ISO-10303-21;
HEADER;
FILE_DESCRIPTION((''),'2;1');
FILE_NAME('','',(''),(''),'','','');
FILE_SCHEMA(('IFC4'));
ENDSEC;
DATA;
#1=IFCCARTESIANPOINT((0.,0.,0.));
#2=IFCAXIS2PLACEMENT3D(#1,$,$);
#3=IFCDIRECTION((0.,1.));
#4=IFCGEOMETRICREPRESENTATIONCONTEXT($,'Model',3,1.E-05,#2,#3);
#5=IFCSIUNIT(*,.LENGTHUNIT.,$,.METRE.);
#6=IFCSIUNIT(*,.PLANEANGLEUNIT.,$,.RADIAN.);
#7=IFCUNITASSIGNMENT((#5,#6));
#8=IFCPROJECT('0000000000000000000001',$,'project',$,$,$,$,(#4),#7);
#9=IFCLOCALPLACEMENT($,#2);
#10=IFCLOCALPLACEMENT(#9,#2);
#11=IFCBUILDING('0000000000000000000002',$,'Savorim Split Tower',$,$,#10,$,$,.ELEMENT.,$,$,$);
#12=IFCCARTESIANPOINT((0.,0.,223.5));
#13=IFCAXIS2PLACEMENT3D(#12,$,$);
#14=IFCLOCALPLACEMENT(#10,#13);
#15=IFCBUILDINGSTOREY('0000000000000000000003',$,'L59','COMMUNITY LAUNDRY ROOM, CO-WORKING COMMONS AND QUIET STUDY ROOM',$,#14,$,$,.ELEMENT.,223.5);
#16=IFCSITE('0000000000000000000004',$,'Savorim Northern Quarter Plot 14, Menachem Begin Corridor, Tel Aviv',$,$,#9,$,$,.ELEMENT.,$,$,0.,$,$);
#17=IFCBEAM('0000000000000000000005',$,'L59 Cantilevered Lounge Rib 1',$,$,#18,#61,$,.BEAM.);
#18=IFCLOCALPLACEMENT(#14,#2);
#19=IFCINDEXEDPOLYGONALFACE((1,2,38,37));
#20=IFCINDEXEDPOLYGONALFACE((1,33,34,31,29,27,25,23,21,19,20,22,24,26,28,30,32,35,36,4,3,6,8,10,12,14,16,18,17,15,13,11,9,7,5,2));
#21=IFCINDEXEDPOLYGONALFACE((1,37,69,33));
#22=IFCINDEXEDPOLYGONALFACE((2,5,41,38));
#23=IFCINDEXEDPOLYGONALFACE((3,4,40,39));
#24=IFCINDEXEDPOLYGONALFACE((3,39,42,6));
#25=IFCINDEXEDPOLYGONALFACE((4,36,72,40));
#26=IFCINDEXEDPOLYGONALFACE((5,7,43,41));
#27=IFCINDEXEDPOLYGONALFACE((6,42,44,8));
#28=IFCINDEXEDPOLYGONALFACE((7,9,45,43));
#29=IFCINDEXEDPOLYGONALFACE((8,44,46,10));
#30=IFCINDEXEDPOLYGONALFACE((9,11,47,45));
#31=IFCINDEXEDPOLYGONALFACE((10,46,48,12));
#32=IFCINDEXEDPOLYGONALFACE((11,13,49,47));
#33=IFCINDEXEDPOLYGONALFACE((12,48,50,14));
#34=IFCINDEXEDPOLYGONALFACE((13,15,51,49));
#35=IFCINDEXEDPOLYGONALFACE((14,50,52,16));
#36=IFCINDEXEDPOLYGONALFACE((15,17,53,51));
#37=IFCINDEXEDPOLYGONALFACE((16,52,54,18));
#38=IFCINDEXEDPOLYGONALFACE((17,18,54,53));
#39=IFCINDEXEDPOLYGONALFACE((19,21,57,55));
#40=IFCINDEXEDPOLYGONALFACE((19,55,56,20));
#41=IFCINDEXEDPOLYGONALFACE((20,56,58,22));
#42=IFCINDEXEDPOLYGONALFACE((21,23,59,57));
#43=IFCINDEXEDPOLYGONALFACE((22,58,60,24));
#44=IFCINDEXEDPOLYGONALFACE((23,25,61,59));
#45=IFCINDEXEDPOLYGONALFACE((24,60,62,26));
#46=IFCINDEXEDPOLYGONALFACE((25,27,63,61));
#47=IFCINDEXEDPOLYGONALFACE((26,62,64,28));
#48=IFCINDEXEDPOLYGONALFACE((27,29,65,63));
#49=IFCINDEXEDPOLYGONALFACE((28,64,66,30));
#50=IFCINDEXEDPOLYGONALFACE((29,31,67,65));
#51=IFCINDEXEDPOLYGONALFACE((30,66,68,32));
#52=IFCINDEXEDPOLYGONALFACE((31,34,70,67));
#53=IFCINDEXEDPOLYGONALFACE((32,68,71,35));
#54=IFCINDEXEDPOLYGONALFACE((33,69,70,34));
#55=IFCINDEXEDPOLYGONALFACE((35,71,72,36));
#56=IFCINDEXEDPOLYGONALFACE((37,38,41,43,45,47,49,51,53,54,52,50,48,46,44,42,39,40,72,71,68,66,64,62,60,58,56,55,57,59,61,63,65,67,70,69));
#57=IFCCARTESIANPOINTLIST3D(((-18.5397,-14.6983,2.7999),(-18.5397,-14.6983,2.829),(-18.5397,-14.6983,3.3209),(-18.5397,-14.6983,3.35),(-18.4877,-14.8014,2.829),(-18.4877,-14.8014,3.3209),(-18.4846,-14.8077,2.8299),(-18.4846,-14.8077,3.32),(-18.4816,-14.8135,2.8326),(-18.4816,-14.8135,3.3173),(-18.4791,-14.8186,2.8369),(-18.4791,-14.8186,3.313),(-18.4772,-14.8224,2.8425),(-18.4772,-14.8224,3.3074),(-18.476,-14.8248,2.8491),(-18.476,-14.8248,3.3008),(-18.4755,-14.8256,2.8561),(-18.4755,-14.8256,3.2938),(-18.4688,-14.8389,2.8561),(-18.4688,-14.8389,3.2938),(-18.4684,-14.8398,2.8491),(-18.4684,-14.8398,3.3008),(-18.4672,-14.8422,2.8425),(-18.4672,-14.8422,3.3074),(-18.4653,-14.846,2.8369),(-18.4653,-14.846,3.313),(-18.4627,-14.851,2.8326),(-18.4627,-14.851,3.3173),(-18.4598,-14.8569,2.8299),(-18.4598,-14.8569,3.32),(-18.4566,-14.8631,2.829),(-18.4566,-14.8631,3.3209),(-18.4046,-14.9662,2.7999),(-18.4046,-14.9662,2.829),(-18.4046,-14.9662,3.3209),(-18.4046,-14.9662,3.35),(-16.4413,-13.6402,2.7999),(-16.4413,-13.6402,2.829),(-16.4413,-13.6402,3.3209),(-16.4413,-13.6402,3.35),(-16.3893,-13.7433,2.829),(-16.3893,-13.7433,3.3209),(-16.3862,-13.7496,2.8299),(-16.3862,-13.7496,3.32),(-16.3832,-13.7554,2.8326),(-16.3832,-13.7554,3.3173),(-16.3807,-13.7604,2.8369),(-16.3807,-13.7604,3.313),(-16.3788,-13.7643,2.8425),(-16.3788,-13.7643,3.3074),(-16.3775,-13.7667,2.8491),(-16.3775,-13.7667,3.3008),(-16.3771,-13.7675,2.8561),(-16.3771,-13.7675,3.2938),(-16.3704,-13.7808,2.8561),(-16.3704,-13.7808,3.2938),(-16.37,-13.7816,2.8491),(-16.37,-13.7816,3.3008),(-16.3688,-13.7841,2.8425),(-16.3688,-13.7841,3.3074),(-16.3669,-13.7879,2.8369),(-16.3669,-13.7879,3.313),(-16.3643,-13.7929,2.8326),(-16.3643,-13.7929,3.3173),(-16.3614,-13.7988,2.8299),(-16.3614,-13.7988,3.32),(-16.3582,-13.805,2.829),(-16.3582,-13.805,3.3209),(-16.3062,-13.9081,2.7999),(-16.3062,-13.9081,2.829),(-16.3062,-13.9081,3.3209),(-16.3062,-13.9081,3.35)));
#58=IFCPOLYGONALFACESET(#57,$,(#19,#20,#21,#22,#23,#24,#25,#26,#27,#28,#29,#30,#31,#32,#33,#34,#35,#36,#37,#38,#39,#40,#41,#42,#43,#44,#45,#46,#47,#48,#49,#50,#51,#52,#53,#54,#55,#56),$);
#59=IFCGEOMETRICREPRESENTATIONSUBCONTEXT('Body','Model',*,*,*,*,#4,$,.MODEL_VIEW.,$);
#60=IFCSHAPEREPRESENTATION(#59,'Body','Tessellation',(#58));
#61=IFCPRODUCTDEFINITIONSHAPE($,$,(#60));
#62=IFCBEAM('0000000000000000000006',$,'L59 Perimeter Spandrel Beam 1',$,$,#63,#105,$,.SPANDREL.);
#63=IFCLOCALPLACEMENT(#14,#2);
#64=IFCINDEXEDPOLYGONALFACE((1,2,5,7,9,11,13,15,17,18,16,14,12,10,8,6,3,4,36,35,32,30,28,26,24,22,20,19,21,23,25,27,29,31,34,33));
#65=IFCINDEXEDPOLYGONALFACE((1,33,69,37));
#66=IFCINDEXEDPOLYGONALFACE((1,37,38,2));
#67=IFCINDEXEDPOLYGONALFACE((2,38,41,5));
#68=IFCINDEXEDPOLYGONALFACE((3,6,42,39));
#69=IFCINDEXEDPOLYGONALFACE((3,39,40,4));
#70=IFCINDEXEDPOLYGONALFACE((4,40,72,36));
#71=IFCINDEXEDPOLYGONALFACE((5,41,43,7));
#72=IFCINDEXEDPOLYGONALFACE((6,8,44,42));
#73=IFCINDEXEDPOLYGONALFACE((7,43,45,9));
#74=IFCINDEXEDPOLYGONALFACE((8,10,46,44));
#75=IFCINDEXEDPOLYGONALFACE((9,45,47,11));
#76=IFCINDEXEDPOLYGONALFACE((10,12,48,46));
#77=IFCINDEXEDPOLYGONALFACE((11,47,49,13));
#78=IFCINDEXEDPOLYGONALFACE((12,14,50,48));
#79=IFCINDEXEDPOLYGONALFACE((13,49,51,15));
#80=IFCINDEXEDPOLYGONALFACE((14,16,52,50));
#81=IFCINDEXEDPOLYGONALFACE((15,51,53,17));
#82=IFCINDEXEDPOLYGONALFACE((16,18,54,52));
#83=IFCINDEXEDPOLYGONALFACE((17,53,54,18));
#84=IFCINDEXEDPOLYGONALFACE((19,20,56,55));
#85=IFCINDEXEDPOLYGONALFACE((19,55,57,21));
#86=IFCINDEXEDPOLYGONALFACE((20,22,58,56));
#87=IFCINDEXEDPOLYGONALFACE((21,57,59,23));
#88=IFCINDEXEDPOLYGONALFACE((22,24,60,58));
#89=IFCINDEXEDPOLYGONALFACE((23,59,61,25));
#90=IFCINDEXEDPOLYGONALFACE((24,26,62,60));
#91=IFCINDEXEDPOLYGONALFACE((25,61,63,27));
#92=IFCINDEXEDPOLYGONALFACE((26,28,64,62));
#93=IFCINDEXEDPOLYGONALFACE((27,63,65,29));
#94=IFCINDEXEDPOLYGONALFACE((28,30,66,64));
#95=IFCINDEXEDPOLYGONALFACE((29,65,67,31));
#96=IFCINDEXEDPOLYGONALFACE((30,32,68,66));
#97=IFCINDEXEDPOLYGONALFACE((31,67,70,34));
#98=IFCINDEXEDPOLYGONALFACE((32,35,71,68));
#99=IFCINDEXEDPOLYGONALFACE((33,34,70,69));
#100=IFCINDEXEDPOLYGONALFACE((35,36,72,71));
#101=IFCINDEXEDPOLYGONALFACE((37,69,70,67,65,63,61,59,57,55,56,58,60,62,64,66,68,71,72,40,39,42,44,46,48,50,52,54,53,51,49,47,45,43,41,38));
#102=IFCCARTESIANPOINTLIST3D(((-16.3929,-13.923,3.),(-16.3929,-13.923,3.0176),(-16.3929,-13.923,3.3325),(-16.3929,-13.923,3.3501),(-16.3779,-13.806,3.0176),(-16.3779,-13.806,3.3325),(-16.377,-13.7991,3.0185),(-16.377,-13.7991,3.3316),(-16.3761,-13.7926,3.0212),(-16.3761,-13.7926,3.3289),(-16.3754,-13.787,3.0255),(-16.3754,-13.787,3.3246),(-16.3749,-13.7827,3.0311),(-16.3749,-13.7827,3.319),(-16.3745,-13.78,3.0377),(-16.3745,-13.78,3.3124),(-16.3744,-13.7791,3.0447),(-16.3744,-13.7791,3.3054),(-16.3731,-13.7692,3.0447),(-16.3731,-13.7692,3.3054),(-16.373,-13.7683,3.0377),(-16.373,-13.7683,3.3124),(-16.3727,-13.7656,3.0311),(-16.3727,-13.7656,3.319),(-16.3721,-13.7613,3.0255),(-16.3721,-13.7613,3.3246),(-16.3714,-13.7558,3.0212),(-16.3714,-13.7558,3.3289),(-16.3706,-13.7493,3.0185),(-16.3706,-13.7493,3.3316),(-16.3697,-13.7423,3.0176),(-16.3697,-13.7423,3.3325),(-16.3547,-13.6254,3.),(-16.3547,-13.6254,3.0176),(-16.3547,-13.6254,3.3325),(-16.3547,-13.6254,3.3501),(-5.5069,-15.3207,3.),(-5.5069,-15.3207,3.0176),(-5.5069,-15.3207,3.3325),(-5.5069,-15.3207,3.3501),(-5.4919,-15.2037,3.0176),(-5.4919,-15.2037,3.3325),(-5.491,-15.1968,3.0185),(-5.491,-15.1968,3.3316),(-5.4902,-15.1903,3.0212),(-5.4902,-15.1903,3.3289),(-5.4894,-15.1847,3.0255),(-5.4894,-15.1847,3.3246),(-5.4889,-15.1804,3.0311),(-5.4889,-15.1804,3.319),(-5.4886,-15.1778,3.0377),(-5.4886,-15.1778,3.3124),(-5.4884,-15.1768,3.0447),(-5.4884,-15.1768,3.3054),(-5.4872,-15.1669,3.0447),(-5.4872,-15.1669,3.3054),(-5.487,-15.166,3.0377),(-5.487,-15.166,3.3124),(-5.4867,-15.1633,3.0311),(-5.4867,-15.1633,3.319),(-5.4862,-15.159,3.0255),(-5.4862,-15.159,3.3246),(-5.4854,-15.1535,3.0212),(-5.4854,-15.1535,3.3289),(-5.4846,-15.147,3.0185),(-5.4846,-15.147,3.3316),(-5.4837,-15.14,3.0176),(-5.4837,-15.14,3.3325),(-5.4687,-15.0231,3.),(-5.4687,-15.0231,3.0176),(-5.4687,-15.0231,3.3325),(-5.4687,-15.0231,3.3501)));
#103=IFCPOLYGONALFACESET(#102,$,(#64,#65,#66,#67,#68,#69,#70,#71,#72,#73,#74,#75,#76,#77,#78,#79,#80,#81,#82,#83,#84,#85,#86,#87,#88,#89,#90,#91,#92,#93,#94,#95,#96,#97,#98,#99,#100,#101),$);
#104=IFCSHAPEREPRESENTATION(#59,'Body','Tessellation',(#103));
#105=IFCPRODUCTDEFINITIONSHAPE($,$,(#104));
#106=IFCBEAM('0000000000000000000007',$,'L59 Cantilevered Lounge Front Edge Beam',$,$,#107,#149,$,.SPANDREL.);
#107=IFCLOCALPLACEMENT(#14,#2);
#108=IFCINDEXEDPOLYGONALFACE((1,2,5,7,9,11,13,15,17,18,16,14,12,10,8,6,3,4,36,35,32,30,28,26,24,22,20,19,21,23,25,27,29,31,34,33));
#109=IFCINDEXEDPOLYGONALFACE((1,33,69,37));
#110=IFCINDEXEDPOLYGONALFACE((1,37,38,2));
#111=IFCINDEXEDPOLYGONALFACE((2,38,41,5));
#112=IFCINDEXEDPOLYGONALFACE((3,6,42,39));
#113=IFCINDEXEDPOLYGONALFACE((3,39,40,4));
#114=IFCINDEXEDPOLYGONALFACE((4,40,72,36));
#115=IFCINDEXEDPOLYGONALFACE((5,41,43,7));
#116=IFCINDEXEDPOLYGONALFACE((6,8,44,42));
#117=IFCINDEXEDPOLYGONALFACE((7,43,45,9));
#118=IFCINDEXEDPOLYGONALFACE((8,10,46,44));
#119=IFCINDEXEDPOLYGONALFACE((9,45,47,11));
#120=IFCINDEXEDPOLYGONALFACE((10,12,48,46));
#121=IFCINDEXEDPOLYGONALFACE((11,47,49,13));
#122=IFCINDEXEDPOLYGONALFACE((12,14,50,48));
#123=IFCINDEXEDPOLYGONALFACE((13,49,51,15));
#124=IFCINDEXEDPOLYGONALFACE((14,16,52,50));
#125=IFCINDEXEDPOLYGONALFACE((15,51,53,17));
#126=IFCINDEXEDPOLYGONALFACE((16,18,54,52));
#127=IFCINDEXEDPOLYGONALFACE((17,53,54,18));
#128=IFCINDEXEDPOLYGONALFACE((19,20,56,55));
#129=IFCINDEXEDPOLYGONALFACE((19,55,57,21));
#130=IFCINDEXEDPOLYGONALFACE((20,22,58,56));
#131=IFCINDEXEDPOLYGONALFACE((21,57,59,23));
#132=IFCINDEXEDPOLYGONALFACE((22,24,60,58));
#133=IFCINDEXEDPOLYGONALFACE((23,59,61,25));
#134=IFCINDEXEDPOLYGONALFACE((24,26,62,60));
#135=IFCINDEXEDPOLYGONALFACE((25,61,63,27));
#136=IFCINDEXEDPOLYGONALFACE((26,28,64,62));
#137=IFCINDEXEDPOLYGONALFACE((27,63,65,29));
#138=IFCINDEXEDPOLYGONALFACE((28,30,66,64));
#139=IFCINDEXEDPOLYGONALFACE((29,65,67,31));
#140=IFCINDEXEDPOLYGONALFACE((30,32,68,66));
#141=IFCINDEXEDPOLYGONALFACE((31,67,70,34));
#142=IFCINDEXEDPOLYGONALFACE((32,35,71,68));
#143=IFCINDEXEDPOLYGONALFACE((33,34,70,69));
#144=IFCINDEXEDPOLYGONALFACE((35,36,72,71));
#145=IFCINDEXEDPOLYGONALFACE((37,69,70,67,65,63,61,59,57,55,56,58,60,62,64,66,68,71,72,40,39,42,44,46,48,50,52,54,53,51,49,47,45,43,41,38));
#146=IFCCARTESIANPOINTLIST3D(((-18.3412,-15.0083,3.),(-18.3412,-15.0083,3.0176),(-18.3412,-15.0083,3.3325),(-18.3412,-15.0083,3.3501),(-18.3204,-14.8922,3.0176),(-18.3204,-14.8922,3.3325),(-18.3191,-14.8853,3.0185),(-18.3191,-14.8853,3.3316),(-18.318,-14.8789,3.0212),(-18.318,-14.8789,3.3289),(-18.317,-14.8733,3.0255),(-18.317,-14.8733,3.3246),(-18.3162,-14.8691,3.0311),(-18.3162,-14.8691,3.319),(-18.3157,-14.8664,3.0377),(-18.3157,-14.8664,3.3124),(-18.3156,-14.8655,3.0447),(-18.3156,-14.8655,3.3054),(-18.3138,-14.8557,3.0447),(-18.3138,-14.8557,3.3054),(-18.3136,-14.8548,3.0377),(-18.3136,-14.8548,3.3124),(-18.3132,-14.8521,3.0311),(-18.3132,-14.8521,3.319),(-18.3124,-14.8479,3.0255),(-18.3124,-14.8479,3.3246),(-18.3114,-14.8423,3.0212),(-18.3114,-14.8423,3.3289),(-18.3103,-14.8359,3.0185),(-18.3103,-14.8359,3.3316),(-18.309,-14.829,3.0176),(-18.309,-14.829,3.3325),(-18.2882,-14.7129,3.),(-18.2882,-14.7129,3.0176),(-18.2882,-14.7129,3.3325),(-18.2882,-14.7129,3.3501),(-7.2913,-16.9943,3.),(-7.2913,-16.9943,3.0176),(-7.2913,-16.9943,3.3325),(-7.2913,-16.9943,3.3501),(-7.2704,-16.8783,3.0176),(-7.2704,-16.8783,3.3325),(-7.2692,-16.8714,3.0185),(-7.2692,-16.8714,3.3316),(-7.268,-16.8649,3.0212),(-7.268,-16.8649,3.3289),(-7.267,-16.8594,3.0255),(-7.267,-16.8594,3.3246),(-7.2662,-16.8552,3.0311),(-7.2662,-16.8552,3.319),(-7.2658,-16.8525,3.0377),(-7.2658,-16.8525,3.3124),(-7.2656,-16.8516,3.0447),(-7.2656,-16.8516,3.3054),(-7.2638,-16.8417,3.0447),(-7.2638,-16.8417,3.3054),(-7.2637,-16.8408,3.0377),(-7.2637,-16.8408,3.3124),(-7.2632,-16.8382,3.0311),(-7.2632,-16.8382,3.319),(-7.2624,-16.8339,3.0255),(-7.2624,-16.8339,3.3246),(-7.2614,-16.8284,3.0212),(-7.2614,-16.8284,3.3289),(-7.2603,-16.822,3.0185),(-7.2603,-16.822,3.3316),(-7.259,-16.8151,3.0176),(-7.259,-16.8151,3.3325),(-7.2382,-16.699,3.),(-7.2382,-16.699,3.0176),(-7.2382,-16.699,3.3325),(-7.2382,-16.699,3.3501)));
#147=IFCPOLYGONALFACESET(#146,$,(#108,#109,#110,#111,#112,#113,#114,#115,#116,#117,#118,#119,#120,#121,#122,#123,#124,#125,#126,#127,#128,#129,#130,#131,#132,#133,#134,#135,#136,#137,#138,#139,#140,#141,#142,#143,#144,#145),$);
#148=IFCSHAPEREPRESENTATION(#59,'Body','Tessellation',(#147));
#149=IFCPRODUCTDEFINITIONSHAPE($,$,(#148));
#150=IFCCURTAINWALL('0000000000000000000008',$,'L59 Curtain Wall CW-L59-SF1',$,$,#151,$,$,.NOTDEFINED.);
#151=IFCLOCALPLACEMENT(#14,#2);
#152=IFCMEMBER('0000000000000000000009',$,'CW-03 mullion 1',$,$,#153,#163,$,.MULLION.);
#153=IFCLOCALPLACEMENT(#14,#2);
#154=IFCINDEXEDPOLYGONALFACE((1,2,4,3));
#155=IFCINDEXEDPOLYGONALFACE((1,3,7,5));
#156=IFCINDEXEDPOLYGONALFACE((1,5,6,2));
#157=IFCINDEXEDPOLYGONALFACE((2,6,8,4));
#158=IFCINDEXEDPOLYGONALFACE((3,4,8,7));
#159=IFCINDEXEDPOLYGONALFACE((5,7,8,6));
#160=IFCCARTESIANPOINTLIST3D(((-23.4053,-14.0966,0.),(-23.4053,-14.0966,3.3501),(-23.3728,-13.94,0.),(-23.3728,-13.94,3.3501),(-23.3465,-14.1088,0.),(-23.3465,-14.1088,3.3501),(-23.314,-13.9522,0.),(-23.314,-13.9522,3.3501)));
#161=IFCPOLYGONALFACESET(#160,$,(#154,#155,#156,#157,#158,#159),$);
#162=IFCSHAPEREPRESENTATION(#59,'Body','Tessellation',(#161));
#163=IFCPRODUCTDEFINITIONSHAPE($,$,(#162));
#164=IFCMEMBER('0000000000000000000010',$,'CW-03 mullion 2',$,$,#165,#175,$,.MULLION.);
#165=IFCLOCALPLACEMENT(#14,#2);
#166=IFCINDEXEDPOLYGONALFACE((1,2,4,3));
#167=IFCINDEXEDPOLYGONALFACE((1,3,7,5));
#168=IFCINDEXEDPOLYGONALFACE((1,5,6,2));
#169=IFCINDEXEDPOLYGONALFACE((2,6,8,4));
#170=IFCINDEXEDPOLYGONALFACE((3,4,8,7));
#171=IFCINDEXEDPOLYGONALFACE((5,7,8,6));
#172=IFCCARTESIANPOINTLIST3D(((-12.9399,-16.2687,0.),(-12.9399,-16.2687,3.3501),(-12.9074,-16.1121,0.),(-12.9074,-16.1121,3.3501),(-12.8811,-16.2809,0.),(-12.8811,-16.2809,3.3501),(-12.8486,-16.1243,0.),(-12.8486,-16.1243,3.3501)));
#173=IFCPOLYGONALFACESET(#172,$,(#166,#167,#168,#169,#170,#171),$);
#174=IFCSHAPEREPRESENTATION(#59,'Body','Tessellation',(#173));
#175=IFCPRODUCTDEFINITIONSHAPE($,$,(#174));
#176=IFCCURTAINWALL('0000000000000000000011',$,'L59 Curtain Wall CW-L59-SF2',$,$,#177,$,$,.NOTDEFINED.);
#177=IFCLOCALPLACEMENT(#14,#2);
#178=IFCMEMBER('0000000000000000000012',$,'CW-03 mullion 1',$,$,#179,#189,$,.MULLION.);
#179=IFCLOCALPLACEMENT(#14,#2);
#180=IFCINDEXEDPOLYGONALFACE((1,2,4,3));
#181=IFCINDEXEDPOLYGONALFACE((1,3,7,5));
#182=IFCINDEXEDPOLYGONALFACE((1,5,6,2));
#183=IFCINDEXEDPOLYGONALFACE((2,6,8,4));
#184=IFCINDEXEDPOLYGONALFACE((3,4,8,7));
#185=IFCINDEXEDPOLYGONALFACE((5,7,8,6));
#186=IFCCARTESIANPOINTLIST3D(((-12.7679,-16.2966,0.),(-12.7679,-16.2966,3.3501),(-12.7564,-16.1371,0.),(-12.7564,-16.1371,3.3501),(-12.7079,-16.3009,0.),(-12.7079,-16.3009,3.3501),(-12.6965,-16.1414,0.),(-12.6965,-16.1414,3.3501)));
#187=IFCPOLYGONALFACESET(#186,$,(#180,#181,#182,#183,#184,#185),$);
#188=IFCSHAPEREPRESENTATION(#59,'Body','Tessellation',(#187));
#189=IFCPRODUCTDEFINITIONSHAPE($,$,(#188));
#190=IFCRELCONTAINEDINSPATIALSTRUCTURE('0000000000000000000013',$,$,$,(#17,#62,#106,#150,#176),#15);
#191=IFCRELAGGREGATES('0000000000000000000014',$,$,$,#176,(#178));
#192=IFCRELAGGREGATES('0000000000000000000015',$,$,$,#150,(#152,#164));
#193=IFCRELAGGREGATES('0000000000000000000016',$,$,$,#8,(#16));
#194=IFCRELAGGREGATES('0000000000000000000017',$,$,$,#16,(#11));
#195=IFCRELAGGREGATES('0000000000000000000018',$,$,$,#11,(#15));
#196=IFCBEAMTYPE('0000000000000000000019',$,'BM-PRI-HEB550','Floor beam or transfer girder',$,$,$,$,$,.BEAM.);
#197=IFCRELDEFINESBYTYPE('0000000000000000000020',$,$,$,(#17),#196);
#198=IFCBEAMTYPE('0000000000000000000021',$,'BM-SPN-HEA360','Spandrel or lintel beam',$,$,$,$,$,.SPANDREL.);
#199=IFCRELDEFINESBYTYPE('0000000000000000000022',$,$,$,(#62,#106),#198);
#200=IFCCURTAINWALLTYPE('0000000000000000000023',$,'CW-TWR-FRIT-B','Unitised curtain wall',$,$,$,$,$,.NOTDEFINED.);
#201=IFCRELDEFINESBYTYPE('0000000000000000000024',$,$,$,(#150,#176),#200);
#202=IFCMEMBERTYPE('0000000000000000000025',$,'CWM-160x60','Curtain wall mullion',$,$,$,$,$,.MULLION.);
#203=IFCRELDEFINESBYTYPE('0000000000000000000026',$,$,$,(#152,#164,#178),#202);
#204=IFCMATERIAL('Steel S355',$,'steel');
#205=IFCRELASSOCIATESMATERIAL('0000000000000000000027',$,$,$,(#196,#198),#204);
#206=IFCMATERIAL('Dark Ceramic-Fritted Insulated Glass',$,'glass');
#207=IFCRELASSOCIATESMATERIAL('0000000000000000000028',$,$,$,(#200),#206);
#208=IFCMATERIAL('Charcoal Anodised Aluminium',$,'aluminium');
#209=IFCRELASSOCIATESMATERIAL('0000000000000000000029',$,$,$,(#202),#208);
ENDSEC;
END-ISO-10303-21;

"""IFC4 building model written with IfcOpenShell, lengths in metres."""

from ifc_helpers import new_model, si_unit, direction, frame, origin, origin_2d, place, context, subcontext, project, spatial, rectangle, i_section, extrude, material, material_profile, profile_set, type_object, element, aggregate, save


model = new_model("IFC4")

# Units and contexts
model_context = context("Model", 3, precision=1e-05, world=origin(), true_north=direction((0.0, 1.0)))
body_context = subcontext(model_context, "Body", "Model", "MODEL_VIEW")
ifc_project = project(units=[si_unit("LENGTHUNIT", "METRE"), si_unit("PLANEANGLEUNIT", "RADIAN")], contexts=[model_context])

# Site, building, storey
site_placement = place(None, origin())
site = spatial("IfcSite", under=ifc_project, at=site_placement, Name="Savorim Northern Quarter Plot 14, Menachem Begin Corridor, Tel Aviv", CompositionType="ELEMENT", RefElevation=0.0)
building_placement = place(site_placement, origin())
building = spatial("IfcBuilding", under=site, at=building_placement, Name="Savorim Split Tower", CompositionType="ELEMENT")
storey_placement = place(building_placement, frame((0.0, 0.0, 223.5)))
storey = spatial("IfcBuildingStorey", under=building, at=storey_placement, Name="L59", Description="COMMUNITY LAUNDRY ROOM, CO-WORKING COMMONS AND QUIET STUDY ROOM", CompositionType="ELEMENT", Elevation=223.5)

# Shared definitions
ifc_material_1 = material(Name="Steel S355", Category="steel")

# Beams
ifc_material_profile_1 = material_profile(ifc_material_1, i_section(OverallWidth=0.3, OverallDepth=0.55, WebThickness=0.0149, FlangeThickness=0.0291, FilletRadius=0.0271, at=origin_2d()), Name="HEB 550")
ifc_profile_set_1 = profile_set([ifc_material_profile_1], Name="Steel S355")
beam_type_1 = type_object("IfcBeamType", Name="BM-PRI-HEB550", Description="Floor beam or transfer girder", PredefinedType="BEAM", material=ifc_profile_set_1)
beam_1_placement = place(storey_placement, frame((-16.3738, -13.7742, 3.075), z_axis=(-0.892905, -0.450245, 0.0), x_axis=(0.450245, -0.892905, 0.0)))
element("IfcBeam", 1, at=beam_1_placement, inside=storey, type_object=beam_type_1, Name="L59 Cantilevered Lounge Rib 1", PredefinedType="BEAM", context=body_context, shape_type="SweptSolid", body=[
    extrude(i_section(OverallWidth=0.3, OverallDepth=0.55, WebThickness=0.0149, FlangeThickness=0.0291, FilletRadius=0.0271, at=origin_2d()), origin(), (0.0, 0.0, 1.0), 2.3501),
])
ifc_material_profile_2 = material_profile(ifc_material_1, i_section(OverallWidth=0.3, OverallDepth=0.3501, WebThickness=0.01, FlangeThickness=0.0176, FilletRadius=0.0271, at=origin_2d()), Name="HEA 360")
ifc_profile_set_2 = profile_set([ifc_material_profile_2], Name="Steel S355")
beam_type_2 = type_object("IfcBeamType", Name="BM-SPN-HEA360", Description="Spandrel or lintel beam", PredefinedType="SPANDREL", material=ifc_profile_set_2)
beam_2_placement = place(storey_placement, frame((-16.3738, -13.7742, 3.175), z_axis=(0.991858, -0.127349, 0.0), x_axis=(0.127349, 0.991858, 0.0)))
element("IfcBeam", 2, at=beam_2_placement, inside=storey, type_object=beam_type_2, Name="L59 Perimeter Spandrel Beam 1", PredefinedType="SPANDREL", context=body_context, shape_type="SweptSolid", body=[
    extrude(i_section(OverallWidth=0.3, OverallDepth=0.3501, WebThickness=0.01, FlangeThickness=0.0176, FilletRadius=0.0271, at=origin_2d()), origin(), (0.0, 0.0, 1.0), 10.9753),
])
beam_3_placement = place(storey_placement, frame((-18.3147, -14.8606, 3.175), z_axis=(0.984229, -0.176901, 0.0), x_axis=(0.176901, 0.984229, 0.0)))
element("IfcBeam", 3, at=beam_3_placement, inside=storey, type_object=beam_type_2, Name="L59 Cantilevered Lounge Front Edge Beam", PredefinedType="SPANDREL", context=body_context, shape_type="SweptSolid", body=[
    extrude(i_section(OverallWidth=0.3, OverallDepth=0.3501, WebThickness=0.01, FlangeThickness=0.0176, FilletRadius=0.0271, at=origin_2d()), origin(), (0.0, 0.0, 1.0), 11.2271),
])

# Curtain wall, members
ifc_material_2 = material(Name="Dark Ceramic-Fritted Insulated Glass", Category="glass")
curtain_wall_type = type_object("IfcCurtainWallType", Name="CW-TWR-FRIT-B", Description="Unitised curtain wall", PredefinedType="NOTDEFINED", material=ifc_material_2)
curtain_wall_1_placement = place(storey_placement, origin())
curtain_wall_1 = element("IfcCurtainWall", 4, at=curtain_wall_1_placement, inside=storey, type_object=curtain_wall_type, Name="L59 Curtain Wall CW-L59-SF1", PredefinedType="NOTDEFINED")
ifc_material_3 = material(Name="Charcoal Anodised Aluminium", Category="aluminium")
ifc_material_profile_3 = material_profile(ifc_material_3, rectangle(XDim=0.1599, YDim=0.0601, at=origin_2d()), Name="ALU-M 160x60")
ifc_profile_set_3 = profile_set([ifc_material_profile_3], Name="Charcoal Anodised Aluminium")
member_type_1 = type_object("IfcMemberType", Name="CWM-160x60", Description="Curtain wall mullion", PredefinedType="MULLION", material=ifc_profile_set_3)
member_1_placement = place(storey_placement, frame((-23.3596, -14.0244, 0.0), z_axis=(0.0, 0.0, 1.0), x_axis=(0.203212, 0.979135, 0.0)))
member_1 = element("IfcMember", 5, at=member_1_placement, type_object=member_type_1, Name="CW-03 mullion 1", PredefinedType="MULLION", context=body_context, shape_type="SweptSolid", body=[
    extrude(rectangle(XDim=0.1599, YDim=0.0601, at=origin_2d()), origin(), (0.0, 0.0, 1.0), 3.3501),
])
member_2_placement = place(storey_placement, frame((-12.8943, -16.1965, 0.0), z_axis=(0.0, 0.0, 1.0), x_axis=(0.203212, 0.979135, 0.0)))
member_2 = element("IfcMember", 6, at=member_2_placement, type_object=member_type_1, Name="CW-03 mullion 2", PredefinedType="MULLION", context=body_context, shape_type="SweptSolid", body=[
    extrude(rectangle(XDim=0.1599, YDim=0.0601, at=origin_2d()), origin(), (0.0, 0.0, 1.0), 3.3501),
])

# Curtain wall, member
curtain_wall_2_placement = place(storey_placement, origin())
curtain_wall_2 = element("IfcCurtainWall", 7, at=curtain_wall_2_placement, inside=storey, type_object=curtain_wall_type, Name="L59 Curtain Wall CW-L59-SF2", PredefinedType="NOTDEFINED")
member_3_placement = place(storey_placement, frame((-12.7322, -16.219, 0.0), z_axis=(0.0, 0.0, 1.0), x_axis=(0.071558, 0.997436, 0.0)))
member_3 = element("IfcMember", 8, at=member_3_placement, type_object=member_type_1, Name="CW-03 mullion 1", PredefinedType="MULLION", context=body_context, shape_type="SweptSolid", body=[
    extrude(rectangle(XDim=0.1599, YDim=0.0601, at=origin_2d()), origin(), (0.0, 0.0, 1.0), 3.3501),
])

aggregate(curtain_wall_2, [member_3])

aggregate(curtain_wall_1, [member_1, member_2])

save(model, "model.ifc")
